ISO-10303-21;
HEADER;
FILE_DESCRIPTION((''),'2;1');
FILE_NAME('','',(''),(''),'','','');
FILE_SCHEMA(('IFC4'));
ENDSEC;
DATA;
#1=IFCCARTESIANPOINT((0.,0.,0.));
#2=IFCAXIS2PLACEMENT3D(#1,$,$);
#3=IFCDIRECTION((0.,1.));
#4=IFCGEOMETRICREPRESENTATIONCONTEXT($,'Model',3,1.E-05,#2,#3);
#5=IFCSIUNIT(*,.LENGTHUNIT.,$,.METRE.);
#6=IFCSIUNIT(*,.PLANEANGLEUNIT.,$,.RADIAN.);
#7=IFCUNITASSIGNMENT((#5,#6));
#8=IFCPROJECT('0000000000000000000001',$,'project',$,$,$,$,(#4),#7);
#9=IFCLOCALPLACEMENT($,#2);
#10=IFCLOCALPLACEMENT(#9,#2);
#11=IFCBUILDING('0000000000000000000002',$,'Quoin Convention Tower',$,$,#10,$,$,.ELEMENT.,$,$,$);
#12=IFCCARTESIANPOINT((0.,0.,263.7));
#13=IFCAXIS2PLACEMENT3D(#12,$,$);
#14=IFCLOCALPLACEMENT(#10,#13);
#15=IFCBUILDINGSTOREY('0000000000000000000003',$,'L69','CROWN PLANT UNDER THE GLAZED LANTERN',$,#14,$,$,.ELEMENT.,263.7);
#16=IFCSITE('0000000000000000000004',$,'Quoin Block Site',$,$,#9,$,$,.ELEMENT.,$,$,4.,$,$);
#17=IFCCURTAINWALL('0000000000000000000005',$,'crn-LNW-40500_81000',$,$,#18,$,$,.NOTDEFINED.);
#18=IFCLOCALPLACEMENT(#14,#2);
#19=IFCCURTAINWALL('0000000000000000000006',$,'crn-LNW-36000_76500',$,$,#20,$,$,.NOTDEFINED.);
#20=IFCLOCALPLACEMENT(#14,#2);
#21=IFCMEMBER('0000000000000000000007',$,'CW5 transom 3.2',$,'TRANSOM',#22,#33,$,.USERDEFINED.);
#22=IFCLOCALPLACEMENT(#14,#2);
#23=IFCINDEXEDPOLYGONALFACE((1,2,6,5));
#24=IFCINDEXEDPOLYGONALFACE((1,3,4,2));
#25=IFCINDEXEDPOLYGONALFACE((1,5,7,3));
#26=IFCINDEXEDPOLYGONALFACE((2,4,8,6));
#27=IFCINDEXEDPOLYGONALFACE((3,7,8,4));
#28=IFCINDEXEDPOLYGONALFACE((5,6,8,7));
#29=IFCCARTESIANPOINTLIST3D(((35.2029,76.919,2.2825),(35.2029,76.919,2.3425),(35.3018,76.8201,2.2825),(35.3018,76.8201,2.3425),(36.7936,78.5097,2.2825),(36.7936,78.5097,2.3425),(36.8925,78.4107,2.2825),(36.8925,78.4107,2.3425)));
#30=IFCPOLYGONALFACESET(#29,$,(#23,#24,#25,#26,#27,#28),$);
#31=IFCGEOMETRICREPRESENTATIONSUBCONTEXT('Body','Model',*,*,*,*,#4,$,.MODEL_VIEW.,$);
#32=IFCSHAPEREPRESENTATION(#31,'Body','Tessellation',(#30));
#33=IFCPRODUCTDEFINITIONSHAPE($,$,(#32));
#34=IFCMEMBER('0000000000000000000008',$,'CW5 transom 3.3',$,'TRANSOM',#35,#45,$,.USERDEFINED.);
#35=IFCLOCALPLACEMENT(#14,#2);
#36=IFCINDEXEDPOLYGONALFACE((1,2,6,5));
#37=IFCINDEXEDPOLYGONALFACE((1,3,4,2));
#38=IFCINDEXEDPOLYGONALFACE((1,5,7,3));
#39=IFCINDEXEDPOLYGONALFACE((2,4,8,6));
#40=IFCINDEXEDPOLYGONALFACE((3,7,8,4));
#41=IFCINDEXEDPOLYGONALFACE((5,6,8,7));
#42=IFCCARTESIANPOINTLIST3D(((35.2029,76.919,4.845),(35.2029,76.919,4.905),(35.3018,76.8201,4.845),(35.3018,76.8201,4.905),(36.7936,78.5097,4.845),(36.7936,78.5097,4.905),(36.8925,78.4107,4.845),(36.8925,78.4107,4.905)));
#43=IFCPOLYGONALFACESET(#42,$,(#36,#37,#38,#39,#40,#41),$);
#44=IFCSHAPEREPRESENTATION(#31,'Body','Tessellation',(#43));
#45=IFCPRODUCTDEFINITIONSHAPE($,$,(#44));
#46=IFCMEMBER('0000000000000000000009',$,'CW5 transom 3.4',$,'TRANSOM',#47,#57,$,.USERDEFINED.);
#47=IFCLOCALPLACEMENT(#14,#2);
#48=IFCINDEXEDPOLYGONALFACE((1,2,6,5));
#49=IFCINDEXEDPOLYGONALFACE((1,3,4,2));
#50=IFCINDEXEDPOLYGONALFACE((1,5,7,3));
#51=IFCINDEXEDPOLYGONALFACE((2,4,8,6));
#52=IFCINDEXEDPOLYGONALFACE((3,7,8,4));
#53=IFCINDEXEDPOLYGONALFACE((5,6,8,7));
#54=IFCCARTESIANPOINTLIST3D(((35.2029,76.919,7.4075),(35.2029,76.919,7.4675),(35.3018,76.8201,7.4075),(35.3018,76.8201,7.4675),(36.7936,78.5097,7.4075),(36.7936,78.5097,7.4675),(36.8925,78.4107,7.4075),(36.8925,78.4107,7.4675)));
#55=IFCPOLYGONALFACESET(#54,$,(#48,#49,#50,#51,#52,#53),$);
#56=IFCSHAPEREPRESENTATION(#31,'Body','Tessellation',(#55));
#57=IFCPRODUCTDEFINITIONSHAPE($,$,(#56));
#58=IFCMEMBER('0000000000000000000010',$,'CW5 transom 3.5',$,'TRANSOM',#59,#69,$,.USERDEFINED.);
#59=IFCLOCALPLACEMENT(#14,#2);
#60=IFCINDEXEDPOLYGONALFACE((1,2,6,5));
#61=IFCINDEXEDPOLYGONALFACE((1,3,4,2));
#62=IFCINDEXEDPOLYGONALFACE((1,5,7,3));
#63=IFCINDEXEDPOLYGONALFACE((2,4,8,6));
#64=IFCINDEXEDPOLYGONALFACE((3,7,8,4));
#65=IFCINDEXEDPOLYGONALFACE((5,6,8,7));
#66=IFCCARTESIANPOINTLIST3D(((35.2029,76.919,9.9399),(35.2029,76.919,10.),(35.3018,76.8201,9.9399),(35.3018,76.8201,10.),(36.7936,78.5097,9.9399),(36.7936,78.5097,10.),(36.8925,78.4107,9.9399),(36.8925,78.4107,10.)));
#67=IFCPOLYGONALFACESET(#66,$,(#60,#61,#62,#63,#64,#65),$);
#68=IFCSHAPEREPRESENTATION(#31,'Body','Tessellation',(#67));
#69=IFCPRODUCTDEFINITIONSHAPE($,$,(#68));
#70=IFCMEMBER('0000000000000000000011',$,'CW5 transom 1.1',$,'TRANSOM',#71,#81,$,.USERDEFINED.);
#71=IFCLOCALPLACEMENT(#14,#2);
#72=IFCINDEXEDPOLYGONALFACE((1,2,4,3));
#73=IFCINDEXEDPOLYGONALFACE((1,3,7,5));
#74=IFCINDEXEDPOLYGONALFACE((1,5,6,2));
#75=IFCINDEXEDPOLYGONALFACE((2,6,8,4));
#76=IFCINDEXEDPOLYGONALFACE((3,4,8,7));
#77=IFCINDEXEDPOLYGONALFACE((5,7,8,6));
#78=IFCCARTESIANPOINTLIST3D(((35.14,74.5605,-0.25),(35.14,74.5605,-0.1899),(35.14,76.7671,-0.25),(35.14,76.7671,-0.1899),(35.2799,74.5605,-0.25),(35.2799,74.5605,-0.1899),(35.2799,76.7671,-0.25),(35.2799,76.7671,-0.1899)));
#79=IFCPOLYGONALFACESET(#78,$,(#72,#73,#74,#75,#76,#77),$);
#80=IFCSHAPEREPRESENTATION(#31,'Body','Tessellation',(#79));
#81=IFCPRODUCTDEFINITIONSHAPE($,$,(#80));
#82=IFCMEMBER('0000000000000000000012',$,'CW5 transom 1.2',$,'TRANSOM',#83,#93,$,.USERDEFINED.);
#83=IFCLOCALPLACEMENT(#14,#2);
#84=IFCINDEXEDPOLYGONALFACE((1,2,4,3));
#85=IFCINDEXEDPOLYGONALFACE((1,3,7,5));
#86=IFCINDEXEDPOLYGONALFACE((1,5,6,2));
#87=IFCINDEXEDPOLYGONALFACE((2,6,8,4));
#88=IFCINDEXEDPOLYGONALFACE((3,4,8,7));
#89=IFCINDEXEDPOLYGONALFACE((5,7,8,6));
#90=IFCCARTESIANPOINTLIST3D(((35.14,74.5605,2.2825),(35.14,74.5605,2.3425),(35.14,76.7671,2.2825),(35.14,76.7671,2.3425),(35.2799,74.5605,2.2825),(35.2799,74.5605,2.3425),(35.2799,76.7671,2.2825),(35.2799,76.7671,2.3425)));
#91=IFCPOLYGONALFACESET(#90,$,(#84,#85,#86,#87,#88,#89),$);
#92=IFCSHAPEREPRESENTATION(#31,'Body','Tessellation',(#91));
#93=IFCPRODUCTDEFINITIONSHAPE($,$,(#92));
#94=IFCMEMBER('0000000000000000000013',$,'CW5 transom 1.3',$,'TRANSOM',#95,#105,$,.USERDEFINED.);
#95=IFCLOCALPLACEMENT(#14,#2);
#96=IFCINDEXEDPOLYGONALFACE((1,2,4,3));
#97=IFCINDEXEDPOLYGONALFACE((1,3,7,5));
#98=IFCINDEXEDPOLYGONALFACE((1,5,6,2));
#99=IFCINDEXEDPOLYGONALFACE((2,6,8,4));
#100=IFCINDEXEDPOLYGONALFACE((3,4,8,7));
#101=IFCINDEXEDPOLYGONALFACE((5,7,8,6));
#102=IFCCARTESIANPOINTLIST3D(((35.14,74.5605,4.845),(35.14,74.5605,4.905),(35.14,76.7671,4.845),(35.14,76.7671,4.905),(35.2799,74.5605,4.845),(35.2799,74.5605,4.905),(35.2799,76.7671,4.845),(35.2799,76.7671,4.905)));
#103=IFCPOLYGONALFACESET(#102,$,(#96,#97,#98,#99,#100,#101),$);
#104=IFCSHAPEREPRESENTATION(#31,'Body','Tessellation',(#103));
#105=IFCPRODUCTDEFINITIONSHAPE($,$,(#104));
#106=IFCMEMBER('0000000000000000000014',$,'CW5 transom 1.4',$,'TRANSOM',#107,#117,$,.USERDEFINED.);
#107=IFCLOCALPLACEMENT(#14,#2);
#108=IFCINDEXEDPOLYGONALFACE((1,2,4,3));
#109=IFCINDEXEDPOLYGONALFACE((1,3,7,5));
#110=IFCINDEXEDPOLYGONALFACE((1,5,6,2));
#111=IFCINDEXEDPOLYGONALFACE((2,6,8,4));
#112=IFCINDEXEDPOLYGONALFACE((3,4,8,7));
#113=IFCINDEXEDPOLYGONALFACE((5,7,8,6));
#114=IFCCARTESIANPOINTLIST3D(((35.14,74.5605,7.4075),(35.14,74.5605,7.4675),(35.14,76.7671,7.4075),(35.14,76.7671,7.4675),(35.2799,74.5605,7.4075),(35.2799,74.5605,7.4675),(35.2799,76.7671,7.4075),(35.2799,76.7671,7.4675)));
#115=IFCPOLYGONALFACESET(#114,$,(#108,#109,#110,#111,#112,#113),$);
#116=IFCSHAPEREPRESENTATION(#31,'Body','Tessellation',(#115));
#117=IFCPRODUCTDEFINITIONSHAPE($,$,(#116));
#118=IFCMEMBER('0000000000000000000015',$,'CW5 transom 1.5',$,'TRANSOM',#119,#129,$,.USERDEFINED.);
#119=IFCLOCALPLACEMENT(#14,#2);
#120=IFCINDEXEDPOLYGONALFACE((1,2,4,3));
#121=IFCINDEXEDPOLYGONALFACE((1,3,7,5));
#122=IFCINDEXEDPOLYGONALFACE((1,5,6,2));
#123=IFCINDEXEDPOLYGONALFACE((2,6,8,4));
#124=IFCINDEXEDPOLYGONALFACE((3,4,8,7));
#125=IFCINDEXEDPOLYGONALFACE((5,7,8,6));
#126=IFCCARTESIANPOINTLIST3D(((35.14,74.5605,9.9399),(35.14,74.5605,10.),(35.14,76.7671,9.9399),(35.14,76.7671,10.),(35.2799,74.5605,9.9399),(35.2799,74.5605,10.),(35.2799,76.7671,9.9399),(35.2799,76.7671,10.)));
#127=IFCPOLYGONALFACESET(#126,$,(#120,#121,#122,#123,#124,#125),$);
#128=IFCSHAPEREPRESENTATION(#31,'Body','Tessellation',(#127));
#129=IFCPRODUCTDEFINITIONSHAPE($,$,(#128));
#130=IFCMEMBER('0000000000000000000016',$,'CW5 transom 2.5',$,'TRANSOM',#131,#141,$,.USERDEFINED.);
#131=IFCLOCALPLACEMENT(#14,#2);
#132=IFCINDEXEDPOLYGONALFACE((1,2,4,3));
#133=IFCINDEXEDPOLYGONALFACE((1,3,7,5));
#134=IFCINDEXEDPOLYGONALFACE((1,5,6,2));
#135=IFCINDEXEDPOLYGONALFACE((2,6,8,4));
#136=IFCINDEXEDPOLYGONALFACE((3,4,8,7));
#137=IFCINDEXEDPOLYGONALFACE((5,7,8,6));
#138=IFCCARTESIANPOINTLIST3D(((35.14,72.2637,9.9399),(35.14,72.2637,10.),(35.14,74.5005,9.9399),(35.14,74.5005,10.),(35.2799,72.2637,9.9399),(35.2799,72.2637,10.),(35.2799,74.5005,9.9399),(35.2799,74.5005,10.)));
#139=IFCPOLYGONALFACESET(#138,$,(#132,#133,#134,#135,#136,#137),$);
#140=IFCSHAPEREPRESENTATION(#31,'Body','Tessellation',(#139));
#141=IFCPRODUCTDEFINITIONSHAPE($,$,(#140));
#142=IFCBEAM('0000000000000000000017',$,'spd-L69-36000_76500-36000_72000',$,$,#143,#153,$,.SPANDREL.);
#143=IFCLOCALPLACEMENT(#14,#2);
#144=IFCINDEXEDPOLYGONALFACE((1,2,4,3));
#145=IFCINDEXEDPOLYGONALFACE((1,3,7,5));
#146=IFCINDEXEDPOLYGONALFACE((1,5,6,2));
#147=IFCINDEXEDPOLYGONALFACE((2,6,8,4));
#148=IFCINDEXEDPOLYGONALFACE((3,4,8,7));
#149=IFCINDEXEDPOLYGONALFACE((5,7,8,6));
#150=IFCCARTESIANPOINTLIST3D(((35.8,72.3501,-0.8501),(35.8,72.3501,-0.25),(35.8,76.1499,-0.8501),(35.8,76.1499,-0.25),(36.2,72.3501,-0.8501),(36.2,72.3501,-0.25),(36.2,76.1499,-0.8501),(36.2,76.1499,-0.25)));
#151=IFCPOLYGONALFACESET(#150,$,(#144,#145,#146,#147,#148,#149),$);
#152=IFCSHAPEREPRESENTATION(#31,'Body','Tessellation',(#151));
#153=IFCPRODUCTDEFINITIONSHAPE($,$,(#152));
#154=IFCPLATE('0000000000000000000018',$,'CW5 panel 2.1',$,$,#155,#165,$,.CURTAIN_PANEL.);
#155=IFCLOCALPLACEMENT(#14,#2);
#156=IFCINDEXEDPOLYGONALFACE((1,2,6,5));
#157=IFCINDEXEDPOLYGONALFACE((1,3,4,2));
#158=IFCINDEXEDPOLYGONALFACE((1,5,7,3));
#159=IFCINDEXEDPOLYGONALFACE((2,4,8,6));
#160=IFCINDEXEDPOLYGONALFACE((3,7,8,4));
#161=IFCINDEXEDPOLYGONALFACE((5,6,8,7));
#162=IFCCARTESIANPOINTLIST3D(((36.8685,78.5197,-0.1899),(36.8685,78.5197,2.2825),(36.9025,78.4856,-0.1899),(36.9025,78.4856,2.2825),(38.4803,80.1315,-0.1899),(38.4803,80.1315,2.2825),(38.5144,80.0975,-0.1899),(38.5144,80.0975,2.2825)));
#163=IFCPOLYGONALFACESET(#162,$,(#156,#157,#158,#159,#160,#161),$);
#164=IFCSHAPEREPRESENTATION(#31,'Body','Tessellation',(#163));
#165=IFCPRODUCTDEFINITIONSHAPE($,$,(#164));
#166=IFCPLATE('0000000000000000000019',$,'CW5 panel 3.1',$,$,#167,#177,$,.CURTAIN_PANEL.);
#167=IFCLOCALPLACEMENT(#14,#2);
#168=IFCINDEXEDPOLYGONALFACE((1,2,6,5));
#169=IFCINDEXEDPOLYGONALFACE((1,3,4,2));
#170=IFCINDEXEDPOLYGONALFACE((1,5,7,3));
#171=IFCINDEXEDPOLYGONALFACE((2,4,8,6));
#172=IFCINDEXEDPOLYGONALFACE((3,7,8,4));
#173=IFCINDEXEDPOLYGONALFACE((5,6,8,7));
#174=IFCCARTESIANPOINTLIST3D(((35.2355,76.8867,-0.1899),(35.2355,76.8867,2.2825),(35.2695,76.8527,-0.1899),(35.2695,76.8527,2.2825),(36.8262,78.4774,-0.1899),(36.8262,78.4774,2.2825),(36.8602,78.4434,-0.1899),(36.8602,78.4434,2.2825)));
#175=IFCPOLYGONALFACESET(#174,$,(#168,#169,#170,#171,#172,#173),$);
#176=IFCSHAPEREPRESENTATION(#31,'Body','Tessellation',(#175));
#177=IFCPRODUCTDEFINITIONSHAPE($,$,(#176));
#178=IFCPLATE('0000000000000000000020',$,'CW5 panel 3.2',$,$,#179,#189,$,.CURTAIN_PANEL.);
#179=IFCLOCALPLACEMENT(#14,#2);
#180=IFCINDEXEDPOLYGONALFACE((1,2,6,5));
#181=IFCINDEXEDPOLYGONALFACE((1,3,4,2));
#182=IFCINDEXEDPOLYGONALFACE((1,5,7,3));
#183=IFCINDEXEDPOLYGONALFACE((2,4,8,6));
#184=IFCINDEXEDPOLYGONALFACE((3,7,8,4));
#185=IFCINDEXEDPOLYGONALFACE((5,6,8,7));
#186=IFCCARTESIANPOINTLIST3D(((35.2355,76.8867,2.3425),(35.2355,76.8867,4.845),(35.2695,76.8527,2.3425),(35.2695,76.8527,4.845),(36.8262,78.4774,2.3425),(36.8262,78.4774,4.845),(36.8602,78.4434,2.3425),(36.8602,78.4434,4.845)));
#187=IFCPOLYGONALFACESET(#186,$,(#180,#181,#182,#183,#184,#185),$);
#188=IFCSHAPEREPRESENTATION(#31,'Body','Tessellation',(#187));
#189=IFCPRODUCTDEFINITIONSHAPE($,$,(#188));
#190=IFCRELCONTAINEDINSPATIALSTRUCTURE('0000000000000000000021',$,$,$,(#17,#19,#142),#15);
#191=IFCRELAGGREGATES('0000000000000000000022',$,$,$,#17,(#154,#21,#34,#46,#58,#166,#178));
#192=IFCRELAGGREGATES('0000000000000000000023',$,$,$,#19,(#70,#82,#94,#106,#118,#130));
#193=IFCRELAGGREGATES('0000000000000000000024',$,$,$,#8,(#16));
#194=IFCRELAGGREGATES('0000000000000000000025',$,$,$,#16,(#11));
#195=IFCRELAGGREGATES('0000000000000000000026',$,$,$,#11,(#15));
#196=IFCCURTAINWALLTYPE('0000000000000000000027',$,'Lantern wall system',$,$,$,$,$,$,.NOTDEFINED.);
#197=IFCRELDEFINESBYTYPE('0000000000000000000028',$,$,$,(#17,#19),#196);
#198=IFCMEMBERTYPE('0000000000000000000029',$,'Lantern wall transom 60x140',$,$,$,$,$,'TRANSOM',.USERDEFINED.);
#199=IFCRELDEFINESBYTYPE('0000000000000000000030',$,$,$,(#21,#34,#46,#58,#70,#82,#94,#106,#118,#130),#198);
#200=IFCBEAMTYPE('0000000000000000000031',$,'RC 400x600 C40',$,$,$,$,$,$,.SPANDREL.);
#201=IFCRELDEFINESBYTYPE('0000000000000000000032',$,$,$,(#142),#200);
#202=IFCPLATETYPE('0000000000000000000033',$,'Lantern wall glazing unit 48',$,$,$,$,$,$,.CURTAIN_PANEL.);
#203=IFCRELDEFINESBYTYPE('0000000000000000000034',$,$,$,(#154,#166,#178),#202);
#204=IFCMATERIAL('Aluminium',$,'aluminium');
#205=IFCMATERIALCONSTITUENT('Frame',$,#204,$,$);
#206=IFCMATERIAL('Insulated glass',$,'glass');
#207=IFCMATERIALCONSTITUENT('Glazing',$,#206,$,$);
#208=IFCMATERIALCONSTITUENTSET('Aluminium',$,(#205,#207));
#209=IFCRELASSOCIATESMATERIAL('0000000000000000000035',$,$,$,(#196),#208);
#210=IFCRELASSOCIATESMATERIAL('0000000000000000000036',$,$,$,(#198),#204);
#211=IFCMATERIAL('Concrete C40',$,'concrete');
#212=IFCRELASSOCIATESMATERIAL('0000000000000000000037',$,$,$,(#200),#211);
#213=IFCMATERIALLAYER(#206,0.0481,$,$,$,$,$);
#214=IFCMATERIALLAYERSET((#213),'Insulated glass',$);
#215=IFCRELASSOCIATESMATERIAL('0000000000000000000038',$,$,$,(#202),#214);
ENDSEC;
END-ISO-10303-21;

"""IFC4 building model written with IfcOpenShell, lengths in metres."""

from ifc_helpers import new_model, si_unit, direction, frame, origin, origin_2d, place, context, subcontext, project, spatial, rectangle, extrude, material, layer, layer_set, constituent, constituent_set, material_profile, profile_set, type_object, element, aggregate, save


model = new_model("IFC4")

# Units and contexts
model_context = context("Model", 3, precision=1e-05, world=origin(), true_north=direction((0.0, 1.0)))
body_context = subcontext(model_context, "Body", "Model", "MODEL_VIEW")
ifc_project = project(units=[si_unit("LENGTHUNIT", "METRE"), si_unit("PLANEANGLEUNIT", "RADIAN")], contexts=[model_context])

# Site, building, storey
site_placement = place(None, origin())
site = spatial("IfcSite", under=ifc_project, at=site_placement, Name="Quoin Block Site", CompositionType="ELEMENT", RefElevation=4.0)
building_placement = place(site_placement, origin())
building = spatial("IfcBuilding", under=site, at=building_placement, Name="Quoin Convention Tower", CompositionType="ELEMENT")
storey_placement = place(building_placement, frame((0.0, 0.0, 263.7)))
storey = spatial("IfcBuildingStorey", under=building, at=storey_placement, Name="L69", Description="CROWN PLANT UNDER THE GLAZED LANTERN", CompositionType="ELEMENT", Elevation=263.7)

# Shared definitions
ifc_material_1 = material(Name="Concrete C40", Category="concrete")

# Curtain walls
ifc_material_2 = material(Name="Aluminium", Category="aluminium")
ifc_constituent_1 = constituent(ifc_material_2, Name="Frame")
ifc_material_3 = material(Name="Insulated glass", Category="glass")
ifc_constituent_2 = constituent(ifc_material_3, Name="Glazing")
ifc_constituent_set = constituent_set(constituents=[ifc_constituent_1, ifc_constituent_2], Name="Aluminium")
curtain_wall_type = type_object("IfcCurtainWallType", Name="Lantern wall system", PredefinedType="NOTDEFINED", material=ifc_constituent_set)
curtain_wall_1_placement = place(storey_placement, origin())
curtain_wall_1 = element("IfcCurtainWall", 1, at=curtain_wall_1_placement, inside=storey, type_object=curtain_wall_type, Name="crn-LNW-40500_81000", PredefinedType="NOTDEFINED")
curtain_wall_2_placement = place(storey_placement, origin())
curtain_wall_2 = element("IfcCurtainWall", 2, at=curtain_wall_2_placement, inside=storey, type_object=curtain_wall_type, Name="crn-LNW-36000_76500", PredefinedType="NOTDEFINED")

# Members
ifc_material_profile_1 = material_profile(ifc_material_2, rectangle(XDim=0.1399, YDim=0.0601, at=origin_2d()), Name="Lantern wall transom 60x140")
ifc_profile_set_1 = profile_set([ifc_material_profile_1], Name="Aluminium")
member_type_1 = type_object("IfcMemberType", Name="Lantern wall transom 60x140", ElementType="TRANSOM", PredefinedType="USERDEFINED", material=ifc_profile_set_1)
member_1_placement = place(storey_placement, frame((36.843, 78.4602, 2.3125), z_axis=(-0.707107, -0.707107, 0.0), x_axis=(0.707107, -0.707107, 0.0)))
member_1 = element("IfcMember", 3, at=member_1_placement, type_object=member_type_1, Name="CW5 transom 3.2", ObjectType="TRANSOM", PredefinedType="USERDEFINED", context=body_context, shape_type="SweptSolid", body=[
    extrude(rectangle(XDim=0.1399, YDim=0.0601, at=origin_2d()), origin(), (0.0, 0.0, 1.0), 2.2495),
])
member_2_placement = place(storey_placement, frame((36.843, 78.4602, 4.875), z_axis=(-0.707107, -0.707107, 0.0), x_axis=(0.707107, -0.707107, 0.0)))
member_2 = element("IfcMember", 4, at=member_2_placement, type_object=member_type_1, Name="CW5 transom 3.3", ObjectType="TRANSOM", PredefinedType="USERDEFINED", context=body_context, shape_type="SweptSolid", body=[
    extrude(rectangle(XDim=0.1399, YDim=0.0601, at=origin_2d()), origin(), (0.0, 0.0, 1.0), 2.2495),
])
member_3_placement = place(storey_placement, frame((36.843, 78.4602, 7.4375), z_axis=(-0.707107, -0.707107, 0.0), x_axis=(0.707107, -0.707107, 0.0)))
member_3 = element("IfcMember", 5, at=member_3_placement, type_object=member_type_1, Name="CW5 transom 3.4", ObjectType="TRANSOM", PredefinedType="USERDEFINED", context=body_context, shape_type="SweptSolid", body=[
    extrude(rectangle(XDim=0.1399, YDim=0.0601, at=origin_2d()), origin(), (0.0, 0.0, 1.0), 2.2495),
])
member_4_placement = place(storey_placement, frame((36.843, 78.4602, 9.97), z_axis=(-0.707107, -0.707107, 0.0), x_axis=(0.707107, -0.707107, 0.0)))
member_4 = element("IfcMember", 6, at=member_4_placement, type_object=member_type_1, Name="CW5 transom 3.5", ObjectType="TRANSOM", PredefinedType="USERDEFINED", context=body_context, shape_type="SweptSolid", body=[
    extrude(rectangle(XDim=0.1399, YDim=0.0601, at=origin_2d()), origin(), (0.0, 0.0, 1.0), 2.2495),
])
member_5_placement = place(storey_placement, frame((35.21, 76.7671, -0.22), z_axis=(0.0, -1.0, 0.0), x_axis=(1.0, 0.0, 0.0)))
member_5 = element("IfcMember", 7, at=member_5_placement, type_object=member_type_1, Name="CW5 transom 1.1", ObjectType="TRANSOM", PredefinedType="USERDEFINED", context=body_context, shape_type="SweptSolid", body=[
    extrude(rectangle(XDim=0.1399, YDim=0.0601, at=origin_2d()), origin(), (0.0, 0.0, 1.0), 2.2065),
])
member_6_placement = place(storey_placement, frame((35.21, 76.7671, 2.3125), z_axis=(0.0, -1.0, 0.0), x_axis=(1.0, 0.0, 0.0)))
member_6 = element("IfcMember", 8, at=member_6_placement, type_object=member_type_1, Name="CW5 transom 1.2", ObjectType="TRANSOM", PredefinedType="USERDEFINED", context=body_context, shape_type="SweptSolid", body=[
    extrude(rectangle(XDim=0.1399, YDim=0.0601, at=origin_2d()), origin(), (0.0, 0.0, 1.0), 2.2065),
])
member_7_placement = place(storey_placement, frame((35.21, 76.7671, 4.875), z_axis=(0.0, -1.0, 0.0), x_axis=(1.0, 0.0, 0.0)))
member_7 = element("IfcMember", 9, at=member_7_placement, type_object=member_type_1, Name="CW5 transom 1.3", ObjectType="TRANSOM", PredefinedType="USERDEFINED", context=body_context, shape_type="SweptSolid", body=[
    extrude(rectangle(XDim=0.1399, YDim=0.0601, at=origin_2d()), origin(), (0.0, 0.0, 1.0), 2.2065),
])
member_8_placement = place(storey_placement, frame((35.21, 76.7671, 7.4375), z_axis=(0.0, -1.0, 0.0), x_axis=(1.0, 0.0, 0.0)))
member_8 = element("IfcMember", 10, at=member_8_placement, type_object=member_type_1, Name="CW5 transom 1.4", ObjectType="TRANSOM", PredefinedType="USERDEFINED", context=body_context, shape_type="SweptSolid", body=[
    extrude(rectangle(XDim=0.1399, YDim=0.0601, at=origin_2d()), origin(), (0.0, 0.0, 1.0), 2.2065),
])
member_9_placement = place(storey_placement, frame((35.21, 76.7671, 9.97), z_axis=(0.0, -1.0, 0.0), x_axis=(1.0, 0.0, 0.0)))
member_9 = element("IfcMember", 11, at=member_9_placement, type_object=member_type_1, Name="CW5 transom 1.5", ObjectType="TRANSOM", PredefinedType="USERDEFINED", context=body_context, shape_type="SweptSolid", body=[
    extrude(rectangle(XDim=0.1399, YDim=0.0601, at=origin_2d()), origin(), (0.0, 0.0, 1.0), 2.2065),
])
member_10_placement = place(storey_placement, frame((35.21, 74.5005, 9.97), z_axis=(0.0, -1.0, 0.0), x_axis=(1.0, 0.0, 0.0)))
member_10 = element("IfcMember", 12, at=member_10_placement, type_object=member_type_1, Name="CW5 transom 2.5", ObjectType="TRANSOM", PredefinedType="USERDEFINED", context=body_context, shape_type="SweptSolid", body=[
    extrude(rectangle(XDim=0.1399, YDim=0.0601, at=origin_2d()), origin(), (0.0, 0.0, 1.0), 2.2368),
])

# Beam
ifc_material_profile_2 = material_profile(ifc_material_1, rectangle(XDim=0.3999, YDim=0.6001, at=origin_2d()), Name="RC 400x600")
ifc_profile_set_2 = profile_set([ifc_material_profile_2], Name="Concrete C40")
beam_type_1 = type_object("IfcBeamType", Name="RC 400x600 C40", PredefinedType="SPANDREL", material=ifc_profile_set_2)
beam_1_placement = place(storey_placement, frame((36.0, 76.1499, -0.55), z_axis=(0.0, -1.0, 0.0), x_axis=(1.0, 0.0, 0.0)))
element("IfcBeam", 13, at=beam_1_placement, inside=storey, type_object=beam_type_1, Name="spd-L69-36000_76500-36000_72000", PredefinedType="SPANDREL", context=body_context, shape_type="SweptSolid", body=[
    extrude(rectangle(XDim=0.3999, YDim=0.6001, at=origin_2d()), origin(), (0.0, 0.0, 1.0), 3.7998),
])

# Plates
ifc_layer = layer(ifc_material_3, 0.0481)
ifc_layer_set = layer_set([ifc_layer], Name="Insulated glass")
plate_type = type_object("IfcPlateType", Name="Lantern wall glazing unit 48", PredefinedType="CURTAIN_PANEL", material=ifc_layer_set)
plate_1_placement = place(storey_placement, frame((37.6914, 79.3086, -0.1899), z_axis=(0.0, 0.0, 1.0), x_axis=(-0.707107, -0.707107, 0.0)))
plate_1 = element("IfcPlate", 14, at=plate_1_placement, type_object=plate_type, Name="CW5 panel 2.1", PredefinedType="CURTAIN_PANEL", context=body_context, shape_type="SweptSolid", body=[
    extrude(rectangle(XDim=2.2795, YDim=0.0481, at=origin_2d()), origin(), (0.0, 0.0, 1.0), 2.4724),
])
plate_2_placement = place(storey_placement, frame((36.0479, 77.665, -0.1899), z_axis=(0.0, 0.0, 1.0), x_axis=(-0.707107, -0.707107, 0.0)))
plate_2 = element("IfcPlate", 15, at=plate_2_placement, type_object=plate_type, Name="CW5 panel 3.1", PredefinedType="CURTAIN_PANEL", context=body_context, shape_type="SweptSolid", body=[
    extrude(rectangle(XDim=2.2495, YDim=0.0481, at=origin_2d()), origin(), (0.0, 0.0, 1.0), 2.4724),
])
plate_3_placement = place(storey_placement, frame((36.0479, 77.665, 2.3425), z_axis=(0.0, 0.0, 1.0), x_axis=(-0.707107, -0.707107, 0.0)))
plate_3 = element("IfcPlate", 16, at=plate_3_placement, type_object=plate_type, Name="CW5 panel 3.2", PredefinedType="CURTAIN_PANEL", context=body_context, shape_type="SweptSolid", body=[
    extrude(rectangle(XDim=2.2495, YDim=0.0481, at=origin_2d()), origin(), (0.0, 0.0, 1.0), 2.5024),
])
aggregate(curtain_wall_1, [plate_1, member_1, member_2, member_3, member_4, plate_2, plate_3])
aggregate(curtain_wall_2, [member_5, member_6, member_7, member_8, member_9, member_10])

save(model, "model.ifc")
